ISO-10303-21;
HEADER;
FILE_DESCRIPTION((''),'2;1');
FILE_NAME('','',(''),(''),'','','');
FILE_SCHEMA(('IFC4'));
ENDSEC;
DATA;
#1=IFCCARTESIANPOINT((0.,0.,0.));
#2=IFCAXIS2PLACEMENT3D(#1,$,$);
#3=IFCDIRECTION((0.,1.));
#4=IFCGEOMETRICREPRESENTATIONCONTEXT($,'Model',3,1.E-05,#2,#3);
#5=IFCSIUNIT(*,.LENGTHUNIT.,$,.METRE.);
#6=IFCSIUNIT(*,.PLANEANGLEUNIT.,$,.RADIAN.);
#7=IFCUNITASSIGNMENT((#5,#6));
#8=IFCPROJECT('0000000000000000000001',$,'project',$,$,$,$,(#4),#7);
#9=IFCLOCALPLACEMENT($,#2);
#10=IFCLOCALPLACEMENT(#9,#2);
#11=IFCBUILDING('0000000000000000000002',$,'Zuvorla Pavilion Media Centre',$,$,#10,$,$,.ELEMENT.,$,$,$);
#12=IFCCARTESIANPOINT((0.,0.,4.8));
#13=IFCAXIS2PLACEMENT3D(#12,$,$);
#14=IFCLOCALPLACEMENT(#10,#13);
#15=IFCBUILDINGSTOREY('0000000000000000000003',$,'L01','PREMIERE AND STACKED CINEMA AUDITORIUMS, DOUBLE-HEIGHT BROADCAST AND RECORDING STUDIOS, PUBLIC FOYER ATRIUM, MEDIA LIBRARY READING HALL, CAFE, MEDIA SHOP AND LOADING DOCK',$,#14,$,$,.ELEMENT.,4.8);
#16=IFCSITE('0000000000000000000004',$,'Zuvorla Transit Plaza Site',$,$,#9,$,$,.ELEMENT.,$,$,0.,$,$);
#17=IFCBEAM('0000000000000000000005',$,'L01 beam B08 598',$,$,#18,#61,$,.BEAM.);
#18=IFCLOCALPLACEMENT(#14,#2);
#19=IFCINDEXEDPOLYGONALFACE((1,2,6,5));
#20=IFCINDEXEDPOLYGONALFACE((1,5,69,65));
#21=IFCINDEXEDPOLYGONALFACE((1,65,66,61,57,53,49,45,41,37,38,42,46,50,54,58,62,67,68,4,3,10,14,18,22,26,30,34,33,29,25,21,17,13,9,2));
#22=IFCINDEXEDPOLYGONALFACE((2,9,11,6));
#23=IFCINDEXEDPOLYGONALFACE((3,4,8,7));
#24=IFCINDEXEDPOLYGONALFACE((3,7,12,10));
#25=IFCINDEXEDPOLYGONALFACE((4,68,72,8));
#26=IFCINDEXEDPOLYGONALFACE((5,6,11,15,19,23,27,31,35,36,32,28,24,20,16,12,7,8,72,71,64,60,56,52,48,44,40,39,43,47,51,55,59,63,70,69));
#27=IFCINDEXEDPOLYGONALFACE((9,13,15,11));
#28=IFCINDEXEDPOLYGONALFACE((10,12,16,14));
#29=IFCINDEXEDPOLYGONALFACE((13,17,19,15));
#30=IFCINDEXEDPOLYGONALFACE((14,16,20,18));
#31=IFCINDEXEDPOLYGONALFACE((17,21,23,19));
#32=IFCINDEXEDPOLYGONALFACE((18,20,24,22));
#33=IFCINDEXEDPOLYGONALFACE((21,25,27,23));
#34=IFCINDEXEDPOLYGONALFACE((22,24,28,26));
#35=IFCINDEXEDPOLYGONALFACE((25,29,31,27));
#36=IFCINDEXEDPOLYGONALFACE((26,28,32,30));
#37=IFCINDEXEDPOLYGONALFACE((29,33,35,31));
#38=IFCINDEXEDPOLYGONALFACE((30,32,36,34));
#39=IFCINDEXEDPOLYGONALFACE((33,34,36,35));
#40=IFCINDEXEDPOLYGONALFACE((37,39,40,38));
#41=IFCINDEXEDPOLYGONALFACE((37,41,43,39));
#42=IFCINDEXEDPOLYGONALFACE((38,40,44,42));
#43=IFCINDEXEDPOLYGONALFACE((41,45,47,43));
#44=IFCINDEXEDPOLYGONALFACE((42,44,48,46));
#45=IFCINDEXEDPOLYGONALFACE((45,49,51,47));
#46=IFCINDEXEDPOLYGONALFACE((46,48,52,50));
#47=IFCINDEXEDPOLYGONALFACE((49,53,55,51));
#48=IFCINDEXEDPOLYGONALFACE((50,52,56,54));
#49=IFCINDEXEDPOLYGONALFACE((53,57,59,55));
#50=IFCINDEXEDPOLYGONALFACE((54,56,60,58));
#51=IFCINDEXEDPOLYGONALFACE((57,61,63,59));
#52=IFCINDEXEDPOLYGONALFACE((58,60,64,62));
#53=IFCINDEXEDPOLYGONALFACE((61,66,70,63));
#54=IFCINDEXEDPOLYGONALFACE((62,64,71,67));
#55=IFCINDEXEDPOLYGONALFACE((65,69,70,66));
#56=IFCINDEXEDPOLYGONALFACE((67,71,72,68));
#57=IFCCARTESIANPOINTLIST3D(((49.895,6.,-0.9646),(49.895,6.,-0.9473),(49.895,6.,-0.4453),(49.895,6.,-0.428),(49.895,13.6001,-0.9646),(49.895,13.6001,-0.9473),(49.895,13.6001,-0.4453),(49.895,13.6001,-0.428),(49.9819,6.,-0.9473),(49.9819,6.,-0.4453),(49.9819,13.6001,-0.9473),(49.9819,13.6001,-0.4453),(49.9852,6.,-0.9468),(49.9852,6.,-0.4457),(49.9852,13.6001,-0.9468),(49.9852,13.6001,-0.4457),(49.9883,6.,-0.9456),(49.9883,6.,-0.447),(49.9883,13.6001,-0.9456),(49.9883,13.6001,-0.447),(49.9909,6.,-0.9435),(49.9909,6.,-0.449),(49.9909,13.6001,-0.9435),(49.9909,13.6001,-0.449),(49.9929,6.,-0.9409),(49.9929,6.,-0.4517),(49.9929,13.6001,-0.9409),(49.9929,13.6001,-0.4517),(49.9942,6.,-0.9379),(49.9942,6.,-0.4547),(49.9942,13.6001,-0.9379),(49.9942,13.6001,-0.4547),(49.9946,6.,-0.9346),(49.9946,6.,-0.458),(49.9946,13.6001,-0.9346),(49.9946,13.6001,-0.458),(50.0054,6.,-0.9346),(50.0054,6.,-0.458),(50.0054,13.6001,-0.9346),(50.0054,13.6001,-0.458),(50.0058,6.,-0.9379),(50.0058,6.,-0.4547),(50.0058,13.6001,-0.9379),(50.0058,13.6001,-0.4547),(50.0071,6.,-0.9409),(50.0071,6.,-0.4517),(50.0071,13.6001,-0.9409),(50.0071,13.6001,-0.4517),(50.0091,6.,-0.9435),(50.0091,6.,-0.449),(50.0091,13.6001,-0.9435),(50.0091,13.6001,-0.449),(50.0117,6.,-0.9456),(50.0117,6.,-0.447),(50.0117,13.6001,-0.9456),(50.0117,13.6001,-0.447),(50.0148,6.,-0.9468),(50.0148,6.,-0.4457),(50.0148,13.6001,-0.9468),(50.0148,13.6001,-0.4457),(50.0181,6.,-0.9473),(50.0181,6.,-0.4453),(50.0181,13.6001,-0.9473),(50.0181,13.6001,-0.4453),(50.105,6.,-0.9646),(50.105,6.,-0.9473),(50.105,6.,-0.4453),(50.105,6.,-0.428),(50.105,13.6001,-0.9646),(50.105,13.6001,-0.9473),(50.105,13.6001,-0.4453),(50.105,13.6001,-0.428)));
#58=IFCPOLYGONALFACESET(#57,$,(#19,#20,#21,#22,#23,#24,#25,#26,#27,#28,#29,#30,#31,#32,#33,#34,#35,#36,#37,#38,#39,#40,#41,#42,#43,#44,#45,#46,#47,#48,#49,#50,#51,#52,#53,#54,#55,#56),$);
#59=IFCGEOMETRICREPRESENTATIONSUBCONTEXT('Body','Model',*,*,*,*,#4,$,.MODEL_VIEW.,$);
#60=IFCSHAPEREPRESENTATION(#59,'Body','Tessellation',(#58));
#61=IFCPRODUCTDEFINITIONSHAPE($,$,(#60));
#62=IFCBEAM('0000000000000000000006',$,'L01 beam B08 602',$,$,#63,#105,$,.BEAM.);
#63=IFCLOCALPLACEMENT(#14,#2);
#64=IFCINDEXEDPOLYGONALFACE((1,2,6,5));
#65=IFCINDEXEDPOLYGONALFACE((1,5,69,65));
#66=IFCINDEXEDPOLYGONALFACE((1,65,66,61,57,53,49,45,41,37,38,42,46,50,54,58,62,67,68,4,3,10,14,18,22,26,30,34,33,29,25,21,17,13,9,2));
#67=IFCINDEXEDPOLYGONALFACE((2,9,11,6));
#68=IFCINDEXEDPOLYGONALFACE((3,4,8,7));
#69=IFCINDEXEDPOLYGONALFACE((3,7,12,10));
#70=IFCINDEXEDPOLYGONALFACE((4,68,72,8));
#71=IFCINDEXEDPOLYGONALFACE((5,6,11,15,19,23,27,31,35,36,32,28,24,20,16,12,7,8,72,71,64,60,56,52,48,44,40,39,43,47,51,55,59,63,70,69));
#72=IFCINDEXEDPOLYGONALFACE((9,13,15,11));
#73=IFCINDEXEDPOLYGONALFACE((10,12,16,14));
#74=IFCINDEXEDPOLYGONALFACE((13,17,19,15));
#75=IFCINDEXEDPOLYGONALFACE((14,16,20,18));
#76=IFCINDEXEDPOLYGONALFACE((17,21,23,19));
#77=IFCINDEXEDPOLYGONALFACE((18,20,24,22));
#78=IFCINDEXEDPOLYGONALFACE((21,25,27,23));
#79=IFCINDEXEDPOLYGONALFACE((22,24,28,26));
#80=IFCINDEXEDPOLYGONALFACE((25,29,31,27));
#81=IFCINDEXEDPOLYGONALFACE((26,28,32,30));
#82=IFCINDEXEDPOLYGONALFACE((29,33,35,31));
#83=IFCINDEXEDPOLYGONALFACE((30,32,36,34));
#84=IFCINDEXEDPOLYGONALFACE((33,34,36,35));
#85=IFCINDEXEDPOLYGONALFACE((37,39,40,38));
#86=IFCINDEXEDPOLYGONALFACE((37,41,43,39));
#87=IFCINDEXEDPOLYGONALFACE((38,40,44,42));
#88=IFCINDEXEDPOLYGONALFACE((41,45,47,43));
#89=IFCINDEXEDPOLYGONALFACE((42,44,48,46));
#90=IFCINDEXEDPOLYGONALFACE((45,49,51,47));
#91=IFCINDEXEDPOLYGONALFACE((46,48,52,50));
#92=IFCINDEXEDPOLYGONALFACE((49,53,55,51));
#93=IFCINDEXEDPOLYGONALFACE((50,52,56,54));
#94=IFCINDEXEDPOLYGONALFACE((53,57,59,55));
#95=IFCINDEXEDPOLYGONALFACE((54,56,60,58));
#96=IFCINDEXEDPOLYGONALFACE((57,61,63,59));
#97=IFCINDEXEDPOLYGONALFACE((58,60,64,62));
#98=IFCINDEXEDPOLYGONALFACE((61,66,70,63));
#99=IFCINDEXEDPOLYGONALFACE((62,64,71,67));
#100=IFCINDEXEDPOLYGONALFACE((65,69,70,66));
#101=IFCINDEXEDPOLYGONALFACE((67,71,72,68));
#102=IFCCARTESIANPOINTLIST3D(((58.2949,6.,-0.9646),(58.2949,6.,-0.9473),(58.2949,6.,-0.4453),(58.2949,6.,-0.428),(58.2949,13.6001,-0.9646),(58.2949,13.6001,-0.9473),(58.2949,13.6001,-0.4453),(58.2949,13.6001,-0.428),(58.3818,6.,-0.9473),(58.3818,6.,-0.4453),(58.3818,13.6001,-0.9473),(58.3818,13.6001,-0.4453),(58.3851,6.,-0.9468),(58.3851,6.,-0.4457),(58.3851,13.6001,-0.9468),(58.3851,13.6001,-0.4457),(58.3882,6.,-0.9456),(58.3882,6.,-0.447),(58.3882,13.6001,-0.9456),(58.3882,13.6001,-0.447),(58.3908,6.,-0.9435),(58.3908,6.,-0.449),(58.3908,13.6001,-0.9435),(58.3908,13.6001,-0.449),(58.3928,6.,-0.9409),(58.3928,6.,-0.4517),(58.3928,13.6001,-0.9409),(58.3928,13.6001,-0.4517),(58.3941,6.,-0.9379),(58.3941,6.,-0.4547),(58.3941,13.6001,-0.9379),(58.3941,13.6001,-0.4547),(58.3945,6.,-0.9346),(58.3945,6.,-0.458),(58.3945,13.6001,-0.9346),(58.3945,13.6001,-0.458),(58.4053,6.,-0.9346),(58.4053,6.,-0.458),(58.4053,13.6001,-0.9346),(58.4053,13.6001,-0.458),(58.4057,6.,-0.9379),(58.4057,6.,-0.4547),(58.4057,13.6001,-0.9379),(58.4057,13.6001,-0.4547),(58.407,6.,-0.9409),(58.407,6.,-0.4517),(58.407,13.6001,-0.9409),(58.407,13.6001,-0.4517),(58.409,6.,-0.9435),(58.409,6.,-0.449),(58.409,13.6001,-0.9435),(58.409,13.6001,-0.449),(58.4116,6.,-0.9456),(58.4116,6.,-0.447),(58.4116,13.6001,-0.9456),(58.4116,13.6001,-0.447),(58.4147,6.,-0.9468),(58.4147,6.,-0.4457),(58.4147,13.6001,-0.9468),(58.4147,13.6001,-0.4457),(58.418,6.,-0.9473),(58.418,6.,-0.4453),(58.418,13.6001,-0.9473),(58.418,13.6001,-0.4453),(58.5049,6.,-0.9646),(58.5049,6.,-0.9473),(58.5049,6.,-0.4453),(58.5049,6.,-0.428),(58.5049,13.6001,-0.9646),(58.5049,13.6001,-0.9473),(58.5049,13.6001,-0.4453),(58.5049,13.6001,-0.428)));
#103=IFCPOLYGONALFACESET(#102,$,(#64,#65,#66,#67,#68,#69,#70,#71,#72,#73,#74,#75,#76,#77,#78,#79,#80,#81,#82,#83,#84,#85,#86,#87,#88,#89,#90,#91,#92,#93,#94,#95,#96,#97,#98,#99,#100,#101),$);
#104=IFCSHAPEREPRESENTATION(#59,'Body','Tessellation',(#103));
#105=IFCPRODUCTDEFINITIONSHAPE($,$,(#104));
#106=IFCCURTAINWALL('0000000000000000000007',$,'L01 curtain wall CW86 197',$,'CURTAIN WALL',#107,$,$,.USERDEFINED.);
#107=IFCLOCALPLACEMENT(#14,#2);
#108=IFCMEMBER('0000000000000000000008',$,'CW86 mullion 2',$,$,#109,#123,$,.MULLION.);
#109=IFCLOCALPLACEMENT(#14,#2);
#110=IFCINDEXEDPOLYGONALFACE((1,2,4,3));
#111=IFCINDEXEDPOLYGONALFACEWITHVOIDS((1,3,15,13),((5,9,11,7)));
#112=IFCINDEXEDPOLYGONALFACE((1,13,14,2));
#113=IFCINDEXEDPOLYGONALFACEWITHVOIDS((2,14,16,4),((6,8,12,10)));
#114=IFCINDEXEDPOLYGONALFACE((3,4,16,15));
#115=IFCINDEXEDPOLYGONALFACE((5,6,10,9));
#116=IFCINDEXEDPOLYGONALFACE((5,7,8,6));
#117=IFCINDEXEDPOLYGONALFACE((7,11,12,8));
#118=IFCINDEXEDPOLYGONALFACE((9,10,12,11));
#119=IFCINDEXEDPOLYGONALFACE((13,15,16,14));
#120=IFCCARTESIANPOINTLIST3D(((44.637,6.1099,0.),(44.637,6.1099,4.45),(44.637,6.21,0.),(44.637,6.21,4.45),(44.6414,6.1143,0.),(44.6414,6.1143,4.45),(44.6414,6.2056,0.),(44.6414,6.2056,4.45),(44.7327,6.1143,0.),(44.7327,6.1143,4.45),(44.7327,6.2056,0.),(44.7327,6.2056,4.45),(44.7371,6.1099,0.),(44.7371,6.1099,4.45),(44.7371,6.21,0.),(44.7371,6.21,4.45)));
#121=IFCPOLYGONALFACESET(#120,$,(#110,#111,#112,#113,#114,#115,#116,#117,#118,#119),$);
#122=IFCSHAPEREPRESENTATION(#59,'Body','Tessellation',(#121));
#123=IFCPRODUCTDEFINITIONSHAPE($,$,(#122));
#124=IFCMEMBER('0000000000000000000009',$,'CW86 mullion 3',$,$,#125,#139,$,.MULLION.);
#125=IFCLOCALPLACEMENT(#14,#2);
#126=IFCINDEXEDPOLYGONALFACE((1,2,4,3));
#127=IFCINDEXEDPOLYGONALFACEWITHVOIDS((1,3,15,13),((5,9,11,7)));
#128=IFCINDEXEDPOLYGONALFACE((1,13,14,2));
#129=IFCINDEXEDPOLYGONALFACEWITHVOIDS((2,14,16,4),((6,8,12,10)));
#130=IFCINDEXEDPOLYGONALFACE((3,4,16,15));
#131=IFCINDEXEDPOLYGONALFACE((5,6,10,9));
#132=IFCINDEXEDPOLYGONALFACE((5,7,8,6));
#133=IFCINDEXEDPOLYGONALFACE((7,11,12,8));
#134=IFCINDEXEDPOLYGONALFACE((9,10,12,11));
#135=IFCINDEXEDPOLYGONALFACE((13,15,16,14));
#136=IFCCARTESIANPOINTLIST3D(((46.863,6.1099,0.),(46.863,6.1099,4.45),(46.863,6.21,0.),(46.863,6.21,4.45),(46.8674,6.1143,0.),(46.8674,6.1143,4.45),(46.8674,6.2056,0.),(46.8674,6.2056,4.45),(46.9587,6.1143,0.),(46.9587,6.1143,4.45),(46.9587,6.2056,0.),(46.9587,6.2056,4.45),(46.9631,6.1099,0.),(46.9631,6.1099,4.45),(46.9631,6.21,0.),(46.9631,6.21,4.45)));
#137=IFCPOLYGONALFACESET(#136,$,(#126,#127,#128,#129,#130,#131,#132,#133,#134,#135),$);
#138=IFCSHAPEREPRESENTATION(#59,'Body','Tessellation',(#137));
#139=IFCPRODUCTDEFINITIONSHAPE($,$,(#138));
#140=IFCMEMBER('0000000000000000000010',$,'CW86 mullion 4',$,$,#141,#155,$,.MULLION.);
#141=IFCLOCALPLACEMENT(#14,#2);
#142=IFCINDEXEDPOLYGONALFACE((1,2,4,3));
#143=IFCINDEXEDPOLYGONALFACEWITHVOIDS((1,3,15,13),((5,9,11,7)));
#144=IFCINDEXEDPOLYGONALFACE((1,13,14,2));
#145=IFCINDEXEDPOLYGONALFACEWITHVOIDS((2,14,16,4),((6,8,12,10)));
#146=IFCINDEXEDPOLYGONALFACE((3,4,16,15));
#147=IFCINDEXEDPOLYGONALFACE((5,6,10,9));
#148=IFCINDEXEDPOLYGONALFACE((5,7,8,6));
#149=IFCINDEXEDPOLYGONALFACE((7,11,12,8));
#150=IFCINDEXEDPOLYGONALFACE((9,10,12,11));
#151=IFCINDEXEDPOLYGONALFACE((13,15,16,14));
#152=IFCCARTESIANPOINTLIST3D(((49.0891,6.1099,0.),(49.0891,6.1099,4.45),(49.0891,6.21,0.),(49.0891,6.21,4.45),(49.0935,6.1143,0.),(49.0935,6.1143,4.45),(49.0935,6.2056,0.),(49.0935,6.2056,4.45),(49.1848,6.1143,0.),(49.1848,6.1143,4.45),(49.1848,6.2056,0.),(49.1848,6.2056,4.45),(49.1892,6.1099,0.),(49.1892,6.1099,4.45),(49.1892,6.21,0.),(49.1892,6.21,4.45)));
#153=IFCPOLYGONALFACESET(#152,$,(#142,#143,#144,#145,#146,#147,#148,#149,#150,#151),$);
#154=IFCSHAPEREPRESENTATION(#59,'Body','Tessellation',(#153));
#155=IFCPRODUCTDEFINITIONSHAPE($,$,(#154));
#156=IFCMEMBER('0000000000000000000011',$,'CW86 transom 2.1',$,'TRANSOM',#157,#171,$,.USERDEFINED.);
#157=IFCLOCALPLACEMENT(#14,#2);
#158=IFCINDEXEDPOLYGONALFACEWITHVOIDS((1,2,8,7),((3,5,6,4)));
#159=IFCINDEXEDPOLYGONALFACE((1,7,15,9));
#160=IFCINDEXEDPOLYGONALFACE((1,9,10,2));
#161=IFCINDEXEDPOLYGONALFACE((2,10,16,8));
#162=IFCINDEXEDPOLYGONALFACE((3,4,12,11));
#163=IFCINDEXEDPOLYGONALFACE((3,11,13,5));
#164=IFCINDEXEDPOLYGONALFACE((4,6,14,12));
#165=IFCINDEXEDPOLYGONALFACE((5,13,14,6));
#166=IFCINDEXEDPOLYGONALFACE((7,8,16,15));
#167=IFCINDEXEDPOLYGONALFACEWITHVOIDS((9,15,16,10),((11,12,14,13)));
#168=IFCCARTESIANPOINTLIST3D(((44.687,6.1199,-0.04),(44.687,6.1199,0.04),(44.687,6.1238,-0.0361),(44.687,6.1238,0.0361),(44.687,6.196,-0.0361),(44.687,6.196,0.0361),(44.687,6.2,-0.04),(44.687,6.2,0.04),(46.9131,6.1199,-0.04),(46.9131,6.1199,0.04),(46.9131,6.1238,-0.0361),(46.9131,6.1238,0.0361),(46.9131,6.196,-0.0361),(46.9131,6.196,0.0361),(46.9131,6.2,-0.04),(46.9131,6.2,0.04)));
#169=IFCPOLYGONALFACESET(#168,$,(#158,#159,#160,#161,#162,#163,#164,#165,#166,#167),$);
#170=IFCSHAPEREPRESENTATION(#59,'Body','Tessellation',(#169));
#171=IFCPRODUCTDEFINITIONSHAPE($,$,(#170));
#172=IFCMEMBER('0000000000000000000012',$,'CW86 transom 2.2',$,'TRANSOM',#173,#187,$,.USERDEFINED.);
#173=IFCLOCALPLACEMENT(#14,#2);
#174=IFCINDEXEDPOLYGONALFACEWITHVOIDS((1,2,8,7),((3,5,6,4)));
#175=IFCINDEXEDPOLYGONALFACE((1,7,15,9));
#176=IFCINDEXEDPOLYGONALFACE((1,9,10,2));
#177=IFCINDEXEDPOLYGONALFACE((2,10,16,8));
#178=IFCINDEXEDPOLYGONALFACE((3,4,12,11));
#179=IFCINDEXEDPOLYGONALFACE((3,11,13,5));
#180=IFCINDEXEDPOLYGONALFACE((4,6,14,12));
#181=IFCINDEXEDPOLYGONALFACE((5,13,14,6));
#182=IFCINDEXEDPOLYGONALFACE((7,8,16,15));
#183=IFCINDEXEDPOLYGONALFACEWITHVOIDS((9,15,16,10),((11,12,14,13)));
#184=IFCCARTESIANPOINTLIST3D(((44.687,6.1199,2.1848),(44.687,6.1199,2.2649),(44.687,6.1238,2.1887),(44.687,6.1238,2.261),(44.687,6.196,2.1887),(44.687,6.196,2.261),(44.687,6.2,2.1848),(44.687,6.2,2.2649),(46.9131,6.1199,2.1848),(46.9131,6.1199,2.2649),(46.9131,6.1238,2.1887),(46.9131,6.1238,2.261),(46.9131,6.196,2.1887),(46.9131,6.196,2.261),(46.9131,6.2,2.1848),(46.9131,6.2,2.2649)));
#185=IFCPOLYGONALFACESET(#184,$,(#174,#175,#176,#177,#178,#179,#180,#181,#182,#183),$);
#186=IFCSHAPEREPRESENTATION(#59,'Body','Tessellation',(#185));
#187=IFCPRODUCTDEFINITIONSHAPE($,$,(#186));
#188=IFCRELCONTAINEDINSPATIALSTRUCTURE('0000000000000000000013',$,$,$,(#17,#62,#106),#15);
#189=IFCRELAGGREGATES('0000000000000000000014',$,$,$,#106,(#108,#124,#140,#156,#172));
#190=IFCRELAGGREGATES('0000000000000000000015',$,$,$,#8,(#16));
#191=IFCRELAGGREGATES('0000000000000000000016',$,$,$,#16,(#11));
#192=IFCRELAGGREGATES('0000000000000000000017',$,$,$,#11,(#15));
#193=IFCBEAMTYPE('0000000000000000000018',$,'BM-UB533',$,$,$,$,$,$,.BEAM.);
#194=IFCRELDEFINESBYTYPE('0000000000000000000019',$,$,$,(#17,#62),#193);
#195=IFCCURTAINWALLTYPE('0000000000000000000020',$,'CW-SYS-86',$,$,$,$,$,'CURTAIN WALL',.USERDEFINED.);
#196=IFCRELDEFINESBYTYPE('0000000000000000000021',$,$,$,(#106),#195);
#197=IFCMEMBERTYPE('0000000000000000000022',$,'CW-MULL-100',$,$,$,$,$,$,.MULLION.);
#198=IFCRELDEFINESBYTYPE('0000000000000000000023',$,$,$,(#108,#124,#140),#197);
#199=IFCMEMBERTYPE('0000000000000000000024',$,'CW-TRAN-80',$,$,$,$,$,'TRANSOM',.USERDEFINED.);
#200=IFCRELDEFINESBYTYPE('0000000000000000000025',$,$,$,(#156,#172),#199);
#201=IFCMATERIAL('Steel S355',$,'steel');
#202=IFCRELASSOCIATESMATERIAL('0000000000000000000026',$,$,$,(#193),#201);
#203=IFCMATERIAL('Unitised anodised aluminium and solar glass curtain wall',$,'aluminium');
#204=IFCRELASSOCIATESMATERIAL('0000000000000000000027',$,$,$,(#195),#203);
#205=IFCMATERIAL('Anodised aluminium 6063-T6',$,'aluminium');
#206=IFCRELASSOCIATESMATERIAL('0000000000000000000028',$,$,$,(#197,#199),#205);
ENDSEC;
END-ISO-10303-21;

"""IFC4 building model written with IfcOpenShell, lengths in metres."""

from ifc_helpers import new_model, si_unit, direction, frame, origin, origin_2d, place, context, subcontext, project, spatial, hollow_rectangle, i_section, extrude, material, material_profile, profile_set, type_object, element, aggregate, save


model = new_model("IFC4")

# Units and contexts
model_context = context("Model", 3, precision=1e-05, world=origin(), true_north=direction((0.0, 1.0)))
body_context = subcontext(model_context, "Body", "Model", "MODEL_VIEW")
ifc_project = project(units=[si_unit("LENGTHUNIT", "METRE"), si_unit("PLANEANGLEUNIT", "RADIAN")], contexts=[model_context])

# Site, building, storey
site_placement = place(None, origin())
site = spatial("IfcSite", under=ifc_project, at=site_placement, Name="Zuvorla Transit Plaza Site", CompositionType="ELEMENT", RefElevation=0.0)
building_placement = place(site_placement, origin())
building = spatial("IfcBuilding", under=site, at=building_placement, Name="Zuvorla Pavilion Media Centre", CompositionType="ELEMENT")
storey_placement = place(building_placement, frame((0.0, 0.0, 4.8)))
storey = spatial("IfcBuildingStorey", under=building, at=storey_placement, Name="L01", Description="PREMIERE AND STACKED CINEMA AUDITORIUMS, DOUBLE-HEIGHT BROADCAST AND RECORDING STUDIOS, PUBLIC FOYER ATRIUM, MEDIA LIBRARY READING HALL, CAFE, MEDIA SHOP AND LOADING DOCK", CompositionType="ELEMENT", Elevation=4.8)

# Beams
ifc_material_1 = material(Name="Steel S355", Category="steel")
ifc_material_profile_1 = material_profile(ifc_material_1, i_section(OverallWidth=0.21, OverallDepth=0.5366, WebThickness=0.0107, FlangeThickness=0.0173, FilletRadius=0.0127, at=origin_2d()), Name="UB 533x210x101")
ifc_profile_set_1 = profile_set([ifc_material_profile_1], Name="Steel S355")
beam_type_1 = type_object("IfcBeamType", Name="BM-UB533", PredefinedType="BEAM", material=ifc_profile_set_1)
for number, where, z_axis, x_axis, name in (
    (1, (50.0, 6.0, -0.6963), (0.0, 1.0, 0.0), (-1.0, 0.0, 0.0), "L01 beam B08 598"),
    (2, (58.3999, 6.0, -0.6963), (0.0, 1.0, 0.0), (-1.0, 0.0, 0.0), "L01 beam B08 602"),
):
    element("IfcBeam", number, at=place(storey_placement, frame(where, z_axis=z_axis, x_axis=x_axis)), inside=storey, type_object=beam_type_1, Name=name, PredefinedType="BEAM", context=body_context, shape_type="SweptSolid", body=[
        extrude(i_section(OverallWidth=0.21, OverallDepth=0.5366, WebThickness=0.0107, FlangeThickness=0.0173, FilletRadius=0.0127, at=origin_2d()), origin(), (0.0, 0.0, 1.0), 7.6001),
    ])

# Curtain wall, members
ifc_material_2 = material(Name="Unitised anodised aluminium and solar glass curtain wall", Category="aluminium")
curtain_wall_type = type_object("IfcCurtainWallType", Name="CW-SYS-86", ElementType="CURTAIN WALL", PredefinedType="USERDEFINED", material=ifc_material_2)
curtain_wall_placement = place(storey_placement, origin())
curtain_wall = element("IfcCurtainWall", 3, at=curtain_wall_placement, inside=storey, type_object=curtain_wall_type, Name="L01 curtain wall CW86 197", ObjectType="CURTAIN WALL", PredefinedType="USERDEFINED")
ifc_material_3 = material(Name="Anodised aluminium 6063-T6", Category="aluminium")
ifc_material_profile_2 = material_profile(ifc_material_3, hollow_rectangle(XDim=0.1001, YDim=0.1001, WallThickness=0.0044, at=origin_2d()), Name="ALU MULL 100x100")
ifc_profile_set_2 = profile_set([ifc_material_profile_2], Name="Anodised aluminium 6063-T6")
member_type_1 = type_object("IfcMemberType", Name="CW-MULL-100", PredefinedType="MULLION", material=ifc_profile_set_2)
member_1_placement = place(storey_placement, frame((44.687, 6.1599, 0.0), z_axis=(0.0, 0.0, 1.0), x_axis=(1.0, 0.0, 0.0)))
member_1 = element("IfcMember", 4, at=member_1_placement, type_object=member_type_1, Name="CW86 mullion 2", PredefinedType="MULLION", context=body_context, shape_type="SweptSolid", body=[
    extrude(hollow_rectangle(XDim=0.1001, YDim=0.1001, WallThickness=0.0044, at=origin_2d()), origin(), (0.0, 0.0, 1.0), 4.45),
])
member_2_placement = place(storey_placement, frame((46.9131, 6.1599, 0.0), z_axis=(0.0, 0.0, 1.0), x_axis=(1.0, 0.0, 0.0)))
member_2 = element("IfcMember", 5, at=member_2_placement, type_object=member_type_1, Name="CW86 mullion 3", PredefinedType="MULLION", context=body_context, shape_type="SweptSolid", body=[
    extrude(hollow_rectangle(XDim=0.1001, YDim=0.1001, WallThickness=0.0044, at=origin_2d()), origin(), (0.0, 0.0, 1.0), 4.45),
])
member_3_placement = place(storey_placement, frame((49.1392, 6.1599, 0.0), z_axis=(0.0, 0.0, 1.0), x_axis=(1.0, 0.0, 0.0)))
member_3 = element("IfcMember", 6, at=member_3_placement, type_object=member_type_1, Name="CW86 mullion 4", PredefinedType="MULLION", context=body_context, shape_type="SweptSolid", body=[
    extrude(hollow_rectangle(XDim=0.1001, YDim=0.1001, WallThickness=0.0044, at=origin_2d()), origin(), (0.0, 0.0, 1.0), 4.45),
])
ifc_material_profile_3 = material_profile(ifc_material_3, hollow_rectangle(XDim=0.0801, YDim=0.0801, WallThickness=0.0039, at=origin_2d()), Name="ALU TRAN 80x80")
ifc_profile_set_3 = profile_set([ifc_material_profile_3], Name="Anodised aluminium 6063-T6")
member_type_2 = type_object("IfcMemberType", Name="CW-TRAN-80", ElementType="TRANSOM", PredefinedType="USERDEFINED", material=ifc_profile_set_3)
member_4_placement = place(storey_placement, frame((44.687, 6.1599, 0.0), z_axis=(1.0, 0.0, 0.0), x_axis=(0.0, 1.0, 0.0)))
member_4 = element("IfcMember", 7, at=member_4_placement, type_object=member_type_2, Name="CW86 transom 2.1", ObjectType="TRANSOM", PredefinedType="USERDEFINED", context=body_context, shape_type="SweptSolid", body=[
    extrude(hollow_rectangle(XDim=0.0801, YDim=0.0801, WallThickness=0.0039, at=origin_2d()), origin(), (0.0, 0.0, 1.0), 2.2261),
])
member_5_placement = place(storey_placement, frame((44.687, 6.1599, 2.2249), z_axis=(1.0, 0.0, 0.0), x_axis=(0.0, 1.0, 0.0)))
member_5 = element("IfcMember", 8, at=member_5_placement, type_object=member_type_2, Name="CW86 transom 2.2", ObjectType="TRANSOM", PredefinedType="USERDEFINED", context=body_context, shape_type="SweptSolid", body=[
    extrude(hollow_rectangle(XDim=0.0801, YDim=0.0801, WallThickness=0.0039, at=origin_2d()), origin(), (0.0, 0.0, 1.0), 2.2261),
])
aggregate(curtain_wall, [member_1, member_2, member_3, member_4, member_5])

save(model, "model.ifc")
